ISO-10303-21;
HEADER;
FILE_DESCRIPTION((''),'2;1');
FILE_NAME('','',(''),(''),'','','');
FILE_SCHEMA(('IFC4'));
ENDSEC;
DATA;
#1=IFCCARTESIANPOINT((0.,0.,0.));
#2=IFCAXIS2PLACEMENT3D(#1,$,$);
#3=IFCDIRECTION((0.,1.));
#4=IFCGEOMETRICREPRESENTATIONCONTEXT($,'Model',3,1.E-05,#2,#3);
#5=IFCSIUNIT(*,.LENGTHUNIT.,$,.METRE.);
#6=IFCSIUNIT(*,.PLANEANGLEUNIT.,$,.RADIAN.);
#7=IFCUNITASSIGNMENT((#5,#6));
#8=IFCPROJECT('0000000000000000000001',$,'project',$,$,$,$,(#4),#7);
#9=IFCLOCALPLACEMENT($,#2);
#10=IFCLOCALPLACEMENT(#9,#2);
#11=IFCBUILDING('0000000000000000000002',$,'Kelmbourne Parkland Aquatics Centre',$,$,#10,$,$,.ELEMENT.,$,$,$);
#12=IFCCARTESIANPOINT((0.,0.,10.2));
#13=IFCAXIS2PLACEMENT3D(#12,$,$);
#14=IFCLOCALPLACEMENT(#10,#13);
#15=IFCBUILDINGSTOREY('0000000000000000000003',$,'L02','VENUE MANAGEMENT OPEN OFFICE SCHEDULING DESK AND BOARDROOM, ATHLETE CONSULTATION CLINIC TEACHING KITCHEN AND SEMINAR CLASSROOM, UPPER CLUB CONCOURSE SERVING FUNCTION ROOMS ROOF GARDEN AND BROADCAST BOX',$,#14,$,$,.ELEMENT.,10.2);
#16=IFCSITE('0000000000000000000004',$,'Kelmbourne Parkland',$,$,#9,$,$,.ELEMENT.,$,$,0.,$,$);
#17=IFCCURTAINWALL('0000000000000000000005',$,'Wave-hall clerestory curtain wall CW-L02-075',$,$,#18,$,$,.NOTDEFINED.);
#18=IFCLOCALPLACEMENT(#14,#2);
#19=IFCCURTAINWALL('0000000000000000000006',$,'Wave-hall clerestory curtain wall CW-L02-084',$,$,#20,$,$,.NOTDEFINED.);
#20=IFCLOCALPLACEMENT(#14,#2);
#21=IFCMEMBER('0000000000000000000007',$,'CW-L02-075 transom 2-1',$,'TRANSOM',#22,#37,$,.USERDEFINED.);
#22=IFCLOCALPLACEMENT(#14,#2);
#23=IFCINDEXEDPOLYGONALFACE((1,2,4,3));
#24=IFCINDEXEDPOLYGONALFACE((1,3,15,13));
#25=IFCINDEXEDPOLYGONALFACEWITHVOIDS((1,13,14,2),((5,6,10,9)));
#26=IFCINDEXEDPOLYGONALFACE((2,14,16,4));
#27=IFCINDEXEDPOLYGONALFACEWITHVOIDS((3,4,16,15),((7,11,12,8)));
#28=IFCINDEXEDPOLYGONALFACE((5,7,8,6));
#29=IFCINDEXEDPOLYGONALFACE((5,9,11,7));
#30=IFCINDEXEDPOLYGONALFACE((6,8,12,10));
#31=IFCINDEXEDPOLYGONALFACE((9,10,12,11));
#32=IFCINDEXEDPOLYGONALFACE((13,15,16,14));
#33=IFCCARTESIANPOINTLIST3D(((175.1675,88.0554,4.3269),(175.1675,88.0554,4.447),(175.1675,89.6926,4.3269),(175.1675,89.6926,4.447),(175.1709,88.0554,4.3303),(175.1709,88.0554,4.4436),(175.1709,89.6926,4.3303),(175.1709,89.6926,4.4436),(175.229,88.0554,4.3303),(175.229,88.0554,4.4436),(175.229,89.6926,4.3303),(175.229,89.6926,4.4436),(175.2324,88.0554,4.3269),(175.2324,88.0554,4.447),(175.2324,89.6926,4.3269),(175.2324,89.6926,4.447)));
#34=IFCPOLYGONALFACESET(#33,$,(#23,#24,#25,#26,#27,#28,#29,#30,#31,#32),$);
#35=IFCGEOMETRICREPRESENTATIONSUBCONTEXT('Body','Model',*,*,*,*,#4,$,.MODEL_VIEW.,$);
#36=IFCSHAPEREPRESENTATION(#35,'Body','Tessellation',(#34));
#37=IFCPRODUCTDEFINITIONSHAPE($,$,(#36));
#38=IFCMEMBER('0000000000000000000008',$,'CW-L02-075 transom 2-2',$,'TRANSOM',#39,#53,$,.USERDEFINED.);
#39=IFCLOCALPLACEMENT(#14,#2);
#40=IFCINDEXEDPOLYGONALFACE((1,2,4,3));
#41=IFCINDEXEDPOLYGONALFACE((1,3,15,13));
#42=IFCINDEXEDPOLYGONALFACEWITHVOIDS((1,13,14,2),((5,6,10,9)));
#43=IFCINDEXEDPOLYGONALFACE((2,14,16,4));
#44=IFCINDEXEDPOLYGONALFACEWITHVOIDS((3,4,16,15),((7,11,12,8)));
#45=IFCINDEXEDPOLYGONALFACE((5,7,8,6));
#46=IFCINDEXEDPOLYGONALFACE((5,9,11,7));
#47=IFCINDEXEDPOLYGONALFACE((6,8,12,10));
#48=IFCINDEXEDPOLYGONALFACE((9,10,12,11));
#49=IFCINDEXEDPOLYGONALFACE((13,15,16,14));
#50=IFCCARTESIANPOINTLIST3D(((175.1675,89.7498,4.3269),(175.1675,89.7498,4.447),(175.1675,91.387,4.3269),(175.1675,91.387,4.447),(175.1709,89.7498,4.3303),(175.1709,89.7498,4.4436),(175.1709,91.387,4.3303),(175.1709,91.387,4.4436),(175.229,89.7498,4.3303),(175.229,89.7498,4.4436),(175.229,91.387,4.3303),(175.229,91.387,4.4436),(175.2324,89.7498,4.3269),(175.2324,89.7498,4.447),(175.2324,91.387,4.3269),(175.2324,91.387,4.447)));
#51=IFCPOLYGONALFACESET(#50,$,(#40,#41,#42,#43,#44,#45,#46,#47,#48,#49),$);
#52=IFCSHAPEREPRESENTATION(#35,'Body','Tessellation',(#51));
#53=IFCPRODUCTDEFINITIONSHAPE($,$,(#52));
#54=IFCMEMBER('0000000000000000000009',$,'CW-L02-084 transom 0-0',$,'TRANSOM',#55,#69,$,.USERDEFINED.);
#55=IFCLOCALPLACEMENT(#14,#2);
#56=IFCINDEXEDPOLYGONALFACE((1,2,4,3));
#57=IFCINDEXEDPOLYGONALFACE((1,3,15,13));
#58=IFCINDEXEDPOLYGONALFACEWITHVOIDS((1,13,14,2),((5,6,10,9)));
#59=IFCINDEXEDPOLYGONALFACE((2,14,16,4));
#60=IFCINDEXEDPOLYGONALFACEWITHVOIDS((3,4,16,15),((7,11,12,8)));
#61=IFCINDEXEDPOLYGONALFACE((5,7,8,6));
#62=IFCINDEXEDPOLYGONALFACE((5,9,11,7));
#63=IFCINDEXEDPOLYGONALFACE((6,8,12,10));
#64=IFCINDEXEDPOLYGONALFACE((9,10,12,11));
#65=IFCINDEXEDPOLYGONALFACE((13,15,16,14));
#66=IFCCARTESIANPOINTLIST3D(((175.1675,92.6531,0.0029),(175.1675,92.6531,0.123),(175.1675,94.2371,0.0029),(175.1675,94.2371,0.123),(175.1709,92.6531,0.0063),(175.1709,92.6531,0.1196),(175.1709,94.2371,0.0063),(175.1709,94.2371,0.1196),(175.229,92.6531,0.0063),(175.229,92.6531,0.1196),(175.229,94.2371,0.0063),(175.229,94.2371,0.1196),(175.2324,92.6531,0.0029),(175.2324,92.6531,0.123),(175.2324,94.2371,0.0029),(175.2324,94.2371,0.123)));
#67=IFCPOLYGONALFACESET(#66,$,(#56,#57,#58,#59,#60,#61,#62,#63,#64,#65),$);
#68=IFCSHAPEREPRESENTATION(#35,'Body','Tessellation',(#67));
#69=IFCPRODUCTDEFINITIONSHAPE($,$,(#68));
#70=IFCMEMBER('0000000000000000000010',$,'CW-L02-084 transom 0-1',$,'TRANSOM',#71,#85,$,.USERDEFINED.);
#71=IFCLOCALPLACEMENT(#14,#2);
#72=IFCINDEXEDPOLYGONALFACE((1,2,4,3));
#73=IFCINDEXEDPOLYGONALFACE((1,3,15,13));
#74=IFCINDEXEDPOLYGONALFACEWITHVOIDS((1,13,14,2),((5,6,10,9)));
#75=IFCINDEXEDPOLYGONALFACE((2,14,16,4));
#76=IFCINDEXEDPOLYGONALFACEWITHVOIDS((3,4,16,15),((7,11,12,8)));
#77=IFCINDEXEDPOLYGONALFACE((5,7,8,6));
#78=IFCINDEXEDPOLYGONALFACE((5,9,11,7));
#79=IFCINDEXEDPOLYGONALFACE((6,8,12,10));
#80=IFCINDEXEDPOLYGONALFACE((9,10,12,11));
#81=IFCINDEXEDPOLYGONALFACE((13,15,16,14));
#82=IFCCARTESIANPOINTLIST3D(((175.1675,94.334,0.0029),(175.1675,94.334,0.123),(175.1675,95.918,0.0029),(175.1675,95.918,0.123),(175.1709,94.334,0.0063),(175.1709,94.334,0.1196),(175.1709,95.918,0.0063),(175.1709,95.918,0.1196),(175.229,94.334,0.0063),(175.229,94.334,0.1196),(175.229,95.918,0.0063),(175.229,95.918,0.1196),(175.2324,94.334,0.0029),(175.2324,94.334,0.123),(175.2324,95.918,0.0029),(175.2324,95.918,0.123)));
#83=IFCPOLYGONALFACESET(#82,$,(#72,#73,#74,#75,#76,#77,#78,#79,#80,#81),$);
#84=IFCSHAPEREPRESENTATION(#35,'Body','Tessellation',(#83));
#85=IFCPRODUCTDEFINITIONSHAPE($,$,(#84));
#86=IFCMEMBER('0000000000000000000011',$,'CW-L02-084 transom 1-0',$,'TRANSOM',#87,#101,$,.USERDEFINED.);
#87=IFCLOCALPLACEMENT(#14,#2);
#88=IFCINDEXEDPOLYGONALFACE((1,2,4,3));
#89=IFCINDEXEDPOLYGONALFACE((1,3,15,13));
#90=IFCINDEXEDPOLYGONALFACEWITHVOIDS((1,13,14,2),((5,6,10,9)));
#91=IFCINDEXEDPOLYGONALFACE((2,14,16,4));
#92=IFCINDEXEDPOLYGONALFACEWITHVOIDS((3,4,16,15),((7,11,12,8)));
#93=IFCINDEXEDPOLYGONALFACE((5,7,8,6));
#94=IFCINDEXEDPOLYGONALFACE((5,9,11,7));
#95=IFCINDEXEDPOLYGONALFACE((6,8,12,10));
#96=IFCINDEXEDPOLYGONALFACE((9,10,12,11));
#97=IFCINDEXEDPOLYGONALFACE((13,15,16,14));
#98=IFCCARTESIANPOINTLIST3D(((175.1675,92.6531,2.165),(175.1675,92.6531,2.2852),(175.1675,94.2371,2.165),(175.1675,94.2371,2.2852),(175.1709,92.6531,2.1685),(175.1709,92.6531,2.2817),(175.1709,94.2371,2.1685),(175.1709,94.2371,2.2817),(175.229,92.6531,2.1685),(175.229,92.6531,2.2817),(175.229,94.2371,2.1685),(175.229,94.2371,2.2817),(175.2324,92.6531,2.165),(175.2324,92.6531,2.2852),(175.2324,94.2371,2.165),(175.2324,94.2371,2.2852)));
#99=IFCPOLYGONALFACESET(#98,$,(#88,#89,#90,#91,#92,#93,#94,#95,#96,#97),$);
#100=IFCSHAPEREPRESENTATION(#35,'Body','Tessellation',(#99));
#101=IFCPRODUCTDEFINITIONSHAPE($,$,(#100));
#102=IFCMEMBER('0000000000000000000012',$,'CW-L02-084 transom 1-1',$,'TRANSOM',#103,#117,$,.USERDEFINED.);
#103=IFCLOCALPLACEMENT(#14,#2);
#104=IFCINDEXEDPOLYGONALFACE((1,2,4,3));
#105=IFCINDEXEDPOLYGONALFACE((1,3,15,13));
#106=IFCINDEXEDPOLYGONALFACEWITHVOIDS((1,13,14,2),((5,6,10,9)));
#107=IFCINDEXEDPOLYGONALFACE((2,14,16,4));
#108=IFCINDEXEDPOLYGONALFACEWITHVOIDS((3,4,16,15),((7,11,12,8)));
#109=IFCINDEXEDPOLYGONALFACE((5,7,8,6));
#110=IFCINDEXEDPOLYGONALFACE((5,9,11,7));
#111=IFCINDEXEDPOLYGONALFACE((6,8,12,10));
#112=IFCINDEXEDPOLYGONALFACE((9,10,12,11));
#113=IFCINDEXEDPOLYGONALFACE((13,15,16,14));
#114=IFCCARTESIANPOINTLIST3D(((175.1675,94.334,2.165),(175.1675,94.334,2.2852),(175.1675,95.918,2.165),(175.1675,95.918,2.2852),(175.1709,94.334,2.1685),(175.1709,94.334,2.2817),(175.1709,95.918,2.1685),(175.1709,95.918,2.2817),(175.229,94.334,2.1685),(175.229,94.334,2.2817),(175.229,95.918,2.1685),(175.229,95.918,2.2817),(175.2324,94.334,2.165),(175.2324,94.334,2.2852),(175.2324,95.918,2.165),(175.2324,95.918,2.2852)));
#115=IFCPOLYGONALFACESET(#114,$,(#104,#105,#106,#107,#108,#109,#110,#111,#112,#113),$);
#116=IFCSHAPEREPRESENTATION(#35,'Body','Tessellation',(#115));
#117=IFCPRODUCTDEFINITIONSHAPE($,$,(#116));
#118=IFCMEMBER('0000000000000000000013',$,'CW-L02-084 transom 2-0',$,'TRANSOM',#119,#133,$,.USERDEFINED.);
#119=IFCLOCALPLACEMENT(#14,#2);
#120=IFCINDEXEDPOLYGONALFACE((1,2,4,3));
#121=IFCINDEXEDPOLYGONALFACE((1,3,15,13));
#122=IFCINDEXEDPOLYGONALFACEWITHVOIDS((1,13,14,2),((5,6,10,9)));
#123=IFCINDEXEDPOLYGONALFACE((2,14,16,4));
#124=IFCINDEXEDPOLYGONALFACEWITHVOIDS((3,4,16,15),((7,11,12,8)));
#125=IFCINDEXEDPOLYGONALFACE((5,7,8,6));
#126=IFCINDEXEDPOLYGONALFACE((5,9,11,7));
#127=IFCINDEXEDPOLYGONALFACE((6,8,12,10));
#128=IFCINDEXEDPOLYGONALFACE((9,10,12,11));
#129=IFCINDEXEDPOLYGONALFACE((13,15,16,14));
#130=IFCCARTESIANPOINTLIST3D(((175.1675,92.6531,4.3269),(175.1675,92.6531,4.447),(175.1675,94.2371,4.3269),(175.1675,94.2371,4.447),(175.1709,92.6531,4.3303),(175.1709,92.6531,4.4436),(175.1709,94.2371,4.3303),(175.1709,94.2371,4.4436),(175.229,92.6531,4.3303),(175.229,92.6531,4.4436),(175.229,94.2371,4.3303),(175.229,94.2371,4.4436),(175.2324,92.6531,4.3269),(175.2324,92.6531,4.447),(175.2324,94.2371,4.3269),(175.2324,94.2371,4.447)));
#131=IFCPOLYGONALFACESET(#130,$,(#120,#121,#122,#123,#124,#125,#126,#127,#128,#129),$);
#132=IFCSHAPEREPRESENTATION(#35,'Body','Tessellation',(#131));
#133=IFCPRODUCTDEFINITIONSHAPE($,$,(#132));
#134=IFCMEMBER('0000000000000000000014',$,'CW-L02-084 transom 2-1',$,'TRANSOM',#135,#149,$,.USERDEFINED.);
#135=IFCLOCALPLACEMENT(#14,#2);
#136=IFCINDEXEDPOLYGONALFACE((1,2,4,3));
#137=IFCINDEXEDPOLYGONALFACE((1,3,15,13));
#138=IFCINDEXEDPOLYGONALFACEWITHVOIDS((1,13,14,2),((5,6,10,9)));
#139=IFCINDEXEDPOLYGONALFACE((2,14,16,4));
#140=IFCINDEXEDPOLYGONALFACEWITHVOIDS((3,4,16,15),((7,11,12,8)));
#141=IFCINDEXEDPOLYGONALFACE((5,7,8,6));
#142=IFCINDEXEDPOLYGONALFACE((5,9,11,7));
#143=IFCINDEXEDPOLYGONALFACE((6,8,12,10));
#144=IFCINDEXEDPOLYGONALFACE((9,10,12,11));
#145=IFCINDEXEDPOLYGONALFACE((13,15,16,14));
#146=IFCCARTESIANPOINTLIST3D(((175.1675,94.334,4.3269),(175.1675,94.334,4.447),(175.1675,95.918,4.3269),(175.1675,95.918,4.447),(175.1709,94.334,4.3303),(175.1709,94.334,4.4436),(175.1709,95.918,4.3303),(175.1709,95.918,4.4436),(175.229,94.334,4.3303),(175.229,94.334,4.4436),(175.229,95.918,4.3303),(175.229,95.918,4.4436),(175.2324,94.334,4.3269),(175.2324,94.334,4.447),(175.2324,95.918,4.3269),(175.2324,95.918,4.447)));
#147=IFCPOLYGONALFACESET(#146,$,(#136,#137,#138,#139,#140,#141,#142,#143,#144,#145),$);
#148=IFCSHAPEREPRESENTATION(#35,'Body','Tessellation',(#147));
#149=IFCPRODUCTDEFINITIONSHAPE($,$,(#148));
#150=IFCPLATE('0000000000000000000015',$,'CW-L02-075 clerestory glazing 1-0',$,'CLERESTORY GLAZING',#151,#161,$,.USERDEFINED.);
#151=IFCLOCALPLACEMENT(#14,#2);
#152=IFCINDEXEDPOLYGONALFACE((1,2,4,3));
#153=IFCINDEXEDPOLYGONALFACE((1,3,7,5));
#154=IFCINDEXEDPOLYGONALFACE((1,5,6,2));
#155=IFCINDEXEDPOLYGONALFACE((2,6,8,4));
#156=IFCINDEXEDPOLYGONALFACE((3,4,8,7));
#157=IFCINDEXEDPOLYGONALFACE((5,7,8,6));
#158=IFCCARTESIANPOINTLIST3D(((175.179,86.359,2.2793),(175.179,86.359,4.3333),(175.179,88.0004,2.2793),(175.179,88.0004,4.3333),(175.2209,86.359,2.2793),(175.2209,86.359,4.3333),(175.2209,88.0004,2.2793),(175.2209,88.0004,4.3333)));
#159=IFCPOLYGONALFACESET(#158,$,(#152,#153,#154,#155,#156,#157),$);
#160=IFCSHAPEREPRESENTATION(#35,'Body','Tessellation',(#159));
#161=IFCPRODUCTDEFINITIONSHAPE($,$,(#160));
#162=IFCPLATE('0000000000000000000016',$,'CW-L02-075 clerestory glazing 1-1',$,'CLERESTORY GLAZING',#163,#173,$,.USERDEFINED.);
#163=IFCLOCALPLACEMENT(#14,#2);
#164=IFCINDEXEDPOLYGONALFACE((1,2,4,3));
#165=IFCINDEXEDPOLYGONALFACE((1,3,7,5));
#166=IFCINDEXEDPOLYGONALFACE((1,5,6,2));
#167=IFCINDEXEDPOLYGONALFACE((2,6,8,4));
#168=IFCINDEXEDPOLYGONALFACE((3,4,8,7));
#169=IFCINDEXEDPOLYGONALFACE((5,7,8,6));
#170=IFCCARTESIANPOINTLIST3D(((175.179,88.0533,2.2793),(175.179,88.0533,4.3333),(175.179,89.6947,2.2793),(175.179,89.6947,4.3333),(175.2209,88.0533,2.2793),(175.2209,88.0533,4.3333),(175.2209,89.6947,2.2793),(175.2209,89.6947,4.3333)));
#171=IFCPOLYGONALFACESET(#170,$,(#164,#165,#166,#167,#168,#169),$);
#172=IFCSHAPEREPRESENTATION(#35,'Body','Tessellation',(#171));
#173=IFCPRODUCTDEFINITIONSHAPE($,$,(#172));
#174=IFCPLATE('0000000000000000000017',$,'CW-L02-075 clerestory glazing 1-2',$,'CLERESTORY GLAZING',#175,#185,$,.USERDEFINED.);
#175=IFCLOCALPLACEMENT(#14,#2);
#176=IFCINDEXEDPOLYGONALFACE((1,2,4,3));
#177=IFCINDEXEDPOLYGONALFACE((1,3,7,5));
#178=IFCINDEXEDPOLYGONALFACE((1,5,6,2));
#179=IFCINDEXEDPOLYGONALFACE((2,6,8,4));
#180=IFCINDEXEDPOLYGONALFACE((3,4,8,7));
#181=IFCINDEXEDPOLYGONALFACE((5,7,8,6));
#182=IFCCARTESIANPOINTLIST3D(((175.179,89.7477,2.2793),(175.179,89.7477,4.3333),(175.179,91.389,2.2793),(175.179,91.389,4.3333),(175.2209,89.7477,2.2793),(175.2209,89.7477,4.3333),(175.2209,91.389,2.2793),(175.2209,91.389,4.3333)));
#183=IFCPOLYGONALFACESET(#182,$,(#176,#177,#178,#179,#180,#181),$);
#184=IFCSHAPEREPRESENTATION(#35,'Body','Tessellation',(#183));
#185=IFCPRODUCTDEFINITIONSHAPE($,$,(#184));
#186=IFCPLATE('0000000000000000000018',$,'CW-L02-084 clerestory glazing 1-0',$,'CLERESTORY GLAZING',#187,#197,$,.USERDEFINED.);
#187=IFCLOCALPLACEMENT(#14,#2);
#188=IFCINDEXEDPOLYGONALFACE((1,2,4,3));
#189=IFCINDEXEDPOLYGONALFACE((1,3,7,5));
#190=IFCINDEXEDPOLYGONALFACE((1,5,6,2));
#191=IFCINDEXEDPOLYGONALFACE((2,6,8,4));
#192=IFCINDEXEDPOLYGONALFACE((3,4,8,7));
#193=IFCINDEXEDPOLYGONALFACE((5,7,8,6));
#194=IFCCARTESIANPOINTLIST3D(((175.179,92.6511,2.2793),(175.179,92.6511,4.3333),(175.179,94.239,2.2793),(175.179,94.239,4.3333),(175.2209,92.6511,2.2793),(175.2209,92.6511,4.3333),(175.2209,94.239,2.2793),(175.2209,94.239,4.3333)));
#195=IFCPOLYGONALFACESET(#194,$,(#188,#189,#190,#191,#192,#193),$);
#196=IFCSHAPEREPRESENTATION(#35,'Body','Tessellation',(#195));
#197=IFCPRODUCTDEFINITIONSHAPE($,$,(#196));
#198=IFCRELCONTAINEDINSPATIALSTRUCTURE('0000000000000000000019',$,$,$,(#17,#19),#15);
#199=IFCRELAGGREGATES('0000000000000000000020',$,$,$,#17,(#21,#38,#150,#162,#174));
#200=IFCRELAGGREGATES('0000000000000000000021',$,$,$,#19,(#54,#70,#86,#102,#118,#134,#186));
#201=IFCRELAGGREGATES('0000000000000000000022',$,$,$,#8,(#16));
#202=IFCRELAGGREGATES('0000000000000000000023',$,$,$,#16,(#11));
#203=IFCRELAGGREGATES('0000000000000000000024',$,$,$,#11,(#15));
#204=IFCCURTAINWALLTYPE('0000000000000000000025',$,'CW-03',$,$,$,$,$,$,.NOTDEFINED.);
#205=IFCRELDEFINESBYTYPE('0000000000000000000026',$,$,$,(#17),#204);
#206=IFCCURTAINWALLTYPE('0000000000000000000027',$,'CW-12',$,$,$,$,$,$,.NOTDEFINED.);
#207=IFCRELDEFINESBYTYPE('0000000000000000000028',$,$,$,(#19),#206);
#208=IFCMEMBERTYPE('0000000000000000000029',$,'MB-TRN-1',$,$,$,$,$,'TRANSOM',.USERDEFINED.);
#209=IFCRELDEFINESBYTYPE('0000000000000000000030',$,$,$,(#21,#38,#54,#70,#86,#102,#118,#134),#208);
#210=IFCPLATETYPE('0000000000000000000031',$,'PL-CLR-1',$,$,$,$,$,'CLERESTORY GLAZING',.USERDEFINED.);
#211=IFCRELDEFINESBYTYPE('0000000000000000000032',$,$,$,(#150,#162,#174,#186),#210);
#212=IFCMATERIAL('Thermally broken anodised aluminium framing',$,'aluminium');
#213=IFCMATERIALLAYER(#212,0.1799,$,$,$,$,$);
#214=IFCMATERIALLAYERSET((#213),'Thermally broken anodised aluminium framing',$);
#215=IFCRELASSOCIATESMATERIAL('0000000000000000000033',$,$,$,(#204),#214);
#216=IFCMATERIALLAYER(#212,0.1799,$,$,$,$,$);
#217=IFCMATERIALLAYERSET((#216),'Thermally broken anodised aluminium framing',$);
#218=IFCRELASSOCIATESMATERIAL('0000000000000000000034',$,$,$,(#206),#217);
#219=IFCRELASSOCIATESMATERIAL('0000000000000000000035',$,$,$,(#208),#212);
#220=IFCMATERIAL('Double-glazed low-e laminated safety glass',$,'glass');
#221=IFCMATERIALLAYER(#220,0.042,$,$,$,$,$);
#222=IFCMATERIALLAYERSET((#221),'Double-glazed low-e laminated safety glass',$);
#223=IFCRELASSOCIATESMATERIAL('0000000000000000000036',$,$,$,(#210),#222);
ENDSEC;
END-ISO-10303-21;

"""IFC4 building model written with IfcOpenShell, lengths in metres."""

from ifc_helpers import new_model, si_unit, direction, frame, origin, origin_2d, place, context, subcontext, project, spatial, rectangle, hollow_rectangle, extrude, material, layer, layer_set, material_profile, profile_set, type_object, element, aggregate, save


model = new_model("IFC4")

# Units and contexts
model_context = context("Model", 3, precision=1e-05, world=origin(), true_north=direction((0.0, 1.0)))
body_context = subcontext(model_context, "Body", "Model", "MODEL_VIEW")
ifc_project = project(units=[si_unit("LENGTHUNIT", "METRE"), si_unit("PLANEANGLEUNIT", "RADIAN")], contexts=[model_context])

# Site, building, storey
site_placement = place(None, origin())
site = spatial("IfcSite", under=ifc_project, at=site_placement, Name="Kelmbourne Parkland", CompositionType="ELEMENT", RefElevation=0.0)
building_placement = place(site_placement, origin())
building = spatial("IfcBuilding", under=site, at=building_placement, Name="Kelmbourne Parkland Aquatics Centre", CompositionType="ELEMENT")
storey_placement = place(building_placement, frame((0.0, 0.0, 10.2)))
storey = spatial("IfcBuildingStorey", under=building, at=storey_placement, Name="L02", Description="VENUE MANAGEMENT OPEN OFFICE SCHEDULING DESK AND BOARDROOM, ATHLETE CONSULTATION CLINIC TEACHING KITCHEN AND SEMINAR CLASSROOM, UPPER CLUB CONCOURSE SERVING FUNCTION ROOMS ROOF GARDEN AND BROADCAST BOX", CompositionType="ELEMENT", Elevation=10.2)

# Curtain walls
ifc_material_1 = material(Name="Thermally broken anodised aluminium framing", Category="aluminium")
ifc_layer_1 = layer(ifc_material_1, 0.1799)
ifc_layer_set_1 = layer_set([ifc_layer_1], Name="Thermally broken anodised aluminium framing")
curtain_wall_type_1 = type_object("IfcCurtainWallType", Name="CW-03", PredefinedType="NOTDEFINED", material=ifc_layer_set_1)
curtain_wall_1_placement = place(storey_placement, origin())
curtain_wall_1 = element("IfcCurtainWall", 1, at=curtain_wall_1_placement, inside=storey, type_object=curtain_wall_type_1, Name="Wave-hall clerestory curtain wall CW-L02-075", PredefinedType="NOTDEFINED")
ifc_layer_2 = layer(ifc_material_1, 0.1799)
ifc_layer_set_2 = layer_set([ifc_layer_2], Name="Thermally broken anodised aluminium framing")
curtain_wall_type_2 = type_object("IfcCurtainWallType", Name="CW-12", PredefinedType="NOTDEFINED", material=ifc_layer_set_2)
curtain_wall_2_placement = place(storey_placement, origin())
curtain_wall_2 = element("IfcCurtainWall", 2, at=curtain_wall_2_placement, inside=storey, type_object=curtain_wall_type_2, Name="Wave-hall clerestory curtain wall CW-L02-084", PredefinedType="NOTDEFINED")

# Members
ifc_material_profile_1 = material_profile(ifc_material_1, hollow_rectangle(XDim=0.0649, YDim=0.1201, WallThickness=0.0034, at=origin_2d()), Name="CW-T 65x120")
ifc_profile_set_1 = profile_set([ifc_material_profile_1], Name="Thermally broken anodised aluminium framing")
member_type_1 = type_object("IfcMemberType", Name="MB-TRN-1", ElementType="TRANSOM", PredefinedType="USERDEFINED", material=ifc_profile_set_1)
member_1_placement = place(storey_placement, frame((175.2, 88.0554, 4.387), z_axis=(0.0, 1.0, 0.0), x_axis=(-1.0, 0.0, 0.0)))
member_1 = element("IfcMember", 3, at=member_1_placement, type_object=member_type_1, Name="CW-L02-075 transom 2-1", ObjectType="TRANSOM", PredefinedType="USERDEFINED", context=body_context, shape_type="SweptSolid", body=[
    extrude(hollow_rectangle(XDim=0.0649, YDim=0.1201, WallThickness=0.0034, at=origin_2d()), origin(), (0.0, 0.0, 1.0), 1.6372),
])
member_2_placement = place(storey_placement, frame((175.2, 89.7498, 4.387), z_axis=(0.0, 1.0, 0.0), x_axis=(-1.0, 0.0, 0.0)))
member_2 = element("IfcMember", 4, at=member_2_placement, type_object=member_type_1, Name="CW-L02-075 transom 2-2", ObjectType="TRANSOM", PredefinedType="USERDEFINED", context=body_context, shape_type="SweptSolid", body=[
    extrude(hollow_rectangle(XDim=0.0649, YDim=0.1201, WallThickness=0.0034, at=origin_2d()), origin(), (0.0, 0.0, 1.0), 1.6372),
])
member_3_placement = place(storey_placement, frame((175.2, 92.6531, 0.063), z_axis=(0.0, 1.0, 0.0), x_axis=(-1.0, 0.0, 0.0)))
member_3 = element("IfcMember", 5, at=member_3_placement, type_object=member_type_1, Name="CW-L02-084 transom 0-0", ObjectType="TRANSOM", PredefinedType="USERDEFINED", context=body_context, shape_type="SweptSolid", body=[
    extrude(hollow_rectangle(XDim=0.0649, YDim=0.1201, WallThickness=0.0034, at=origin_2d()), origin(), (0.0, 0.0, 1.0), 1.584),
])
member_4_placement = place(storey_placement, frame((175.2, 94.334, 0.063), z_axis=(0.0, 1.0, 0.0), x_axis=(-1.0, 0.0, 0.0)))
member_4 = element("IfcMember", 6, at=member_4_placement, type_object=member_type_1, Name="CW-L02-084 transom 0-1", ObjectType="TRANSOM", PredefinedType="USERDEFINED", context=body_context, shape_type="SweptSolid", body=[
    extrude(hollow_rectangle(XDim=0.0649, YDim=0.1201, WallThickness=0.0034, at=origin_2d()), origin(), (0.0, 0.0, 1.0), 1.584),
])
member_5_placement = place(storey_placement, frame((175.2, 92.6531, 2.2251), z_axis=(0.0, 1.0, 0.0), x_axis=(-1.0, 0.0, 0.0)))
member_5 = element("IfcMember", 7, at=member_5_placement, type_object=member_type_1, Name="CW-L02-084 transom 1-0", ObjectType="TRANSOM", PredefinedType="USERDEFINED", context=body_context, shape_type="SweptSolid", body=[
    extrude(hollow_rectangle(XDim=0.0649, YDim=0.1201, WallThickness=0.0034, at=origin_2d()), origin(), (0.0, 0.0, 1.0), 1.584),
])
member_6_placement = place(storey_placement, frame((175.2, 94.334, 2.2251), z_axis=(0.0, 1.0, 0.0), x_axis=(-1.0, 0.0, 0.0)))
member_6 = element("IfcMember", 8, at=member_6_placement, type_object=member_type_1, Name="CW-L02-084 transom 1-1", ObjectType="TRANSOM", PredefinedType="USERDEFINED", context=body_context, shape_type="SweptSolid", body=[
    extrude(hollow_rectangle(XDim=0.0649, YDim=0.1201, WallThickness=0.0034, at=origin_2d()), origin(), (0.0, 0.0, 1.0), 1.584),
])
member_7_placement = place(storey_placement, frame((175.2, 92.6531, 4.387), z_axis=(0.0, 1.0, 0.0), x_axis=(-1.0, 0.0, 0.0)))
member_7 = element("IfcMember", 9, at=member_7_placement, type_object=member_type_1, Name="CW-L02-084 transom 2-0", ObjectType="TRANSOM", PredefinedType="USERDEFINED", context=body_context, shape_type="SweptSolid", body=[
    extrude(hollow_rectangle(XDim=0.0649, YDim=0.1201, WallThickness=0.0034, at=origin_2d()), origin(), (0.0, 0.0, 1.0), 1.584),
])
member_8_placement = place(storey_placement, frame((175.2, 94.334, 4.387), z_axis=(0.0, 1.0, 0.0), x_axis=(-1.0, 0.0, 0.0)))
member_8 = element("IfcMember", 10, at=member_8_placement, type_object=member_type_1, Name="CW-L02-084 transom 2-1", ObjectType="TRANSOM", PredefinedType="USERDEFINED", context=body_context, shape_type="SweptSolid", body=[
    extrude(hollow_rectangle(XDim=0.0649, YDim=0.1201, WallThickness=0.0034, at=origin_2d()), origin(), (0.0, 0.0, 1.0), 1.584),
])

# Plates
ifc_material_2 = material(Name="Double-glazed low-e laminated safety glass", Category="glass")
ifc_layer_3 = layer(ifc_material_2, 0.042)
ifc_layer_set_3 = layer_set([ifc_layer_3], Name="Double-glazed low-e laminated safety glass")
plate_type_1 = type_object("IfcPlateType", Name="PL-CLR-1", ElementType="CLERESTORY GLAZING", PredefinedType="USERDEFINED", material=ifc_layer_set_3)
plate_1_placement = place(storey_placement, frame((175.2, 87.1797, 2.2793), z_axis=(0.0, 0.0, 1.0), x_axis=(0.0, 1.0, 0.0)))
plate_1 = element("IfcPlate", 11, at=plate_1_placement, type_object=plate_type_1, Name="CW-L02-075 clerestory glazing 1-0", ObjectType="CLERESTORY GLAZING", PredefinedType="USERDEFINED", context=body_context, shape_type="SweptSolid", body=[
    extrude(rectangle(XDim=1.6414, YDim=0.042, at=origin_2d()), origin(), (0.0, 0.0, 1.0), 2.054),
])
plate_2_placement = place(storey_placement, frame((175.2, 88.874, 2.2793), z_axis=(0.0, 0.0, 1.0), x_axis=(0.0, 1.0, 0.0)))
plate_2 = element("IfcPlate", 12, at=plate_2_placement, type_object=plate_type_1, Name="CW-L02-075 clerestory glazing 1-1", ObjectType="CLERESTORY GLAZING", PredefinedType="USERDEFINED", context=body_context, shape_type="SweptSolid", body=[
    extrude(rectangle(XDim=1.6414, YDim=0.042, at=origin_2d()), origin(), (0.0, 0.0, 1.0), 2.054),
])
plate_3_placement = place(storey_placement, frame((175.2, 90.5684, 2.2793), z_axis=(0.0, 0.0, 1.0), x_axis=(0.0, 1.0, 0.0)))
plate_3 = element("IfcPlate", 13, at=plate_3_placement, type_object=plate_type_1, Name="CW-L02-075 clerestory glazing 1-2", ObjectType="CLERESTORY GLAZING", PredefinedType="USERDEFINED", context=body_context, shape_type="SweptSolid", body=[
    extrude(rectangle(XDim=1.6414, YDim=0.042, at=origin_2d()), origin(), (0.0, 0.0, 1.0), 2.054),
])
plate_4_placement = place(storey_placement, frame((175.2, 93.4451, 2.2793), z_axis=(0.0, 0.0, 1.0), x_axis=(0.0, 1.0, 0.0)))
plate_4 = element("IfcPlate", 14, at=plate_4_placement, type_object=plate_type_1, Name="CW-L02-084 clerestory glazing 1-0", ObjectType="CLERESTORY GLAZING", PredefinedType="USERDEFINED", context=body_context, shape_type="SweptSolid", body=[
    extrude(rectangle(XDim=1.5879, YDim=0.042, at=origin_2d()), origin(), (0.0, 0.0, 1.0), 2.054),
])
aggregate(curtain_wall_1, [member_1, member_2, plate_1, plate_2, plate_3])
aggregate(curtain_wall_2, [member_3, member_4, member_5, member_6, member_7, member_8, plate_4])

save(model, "model.ifc")
